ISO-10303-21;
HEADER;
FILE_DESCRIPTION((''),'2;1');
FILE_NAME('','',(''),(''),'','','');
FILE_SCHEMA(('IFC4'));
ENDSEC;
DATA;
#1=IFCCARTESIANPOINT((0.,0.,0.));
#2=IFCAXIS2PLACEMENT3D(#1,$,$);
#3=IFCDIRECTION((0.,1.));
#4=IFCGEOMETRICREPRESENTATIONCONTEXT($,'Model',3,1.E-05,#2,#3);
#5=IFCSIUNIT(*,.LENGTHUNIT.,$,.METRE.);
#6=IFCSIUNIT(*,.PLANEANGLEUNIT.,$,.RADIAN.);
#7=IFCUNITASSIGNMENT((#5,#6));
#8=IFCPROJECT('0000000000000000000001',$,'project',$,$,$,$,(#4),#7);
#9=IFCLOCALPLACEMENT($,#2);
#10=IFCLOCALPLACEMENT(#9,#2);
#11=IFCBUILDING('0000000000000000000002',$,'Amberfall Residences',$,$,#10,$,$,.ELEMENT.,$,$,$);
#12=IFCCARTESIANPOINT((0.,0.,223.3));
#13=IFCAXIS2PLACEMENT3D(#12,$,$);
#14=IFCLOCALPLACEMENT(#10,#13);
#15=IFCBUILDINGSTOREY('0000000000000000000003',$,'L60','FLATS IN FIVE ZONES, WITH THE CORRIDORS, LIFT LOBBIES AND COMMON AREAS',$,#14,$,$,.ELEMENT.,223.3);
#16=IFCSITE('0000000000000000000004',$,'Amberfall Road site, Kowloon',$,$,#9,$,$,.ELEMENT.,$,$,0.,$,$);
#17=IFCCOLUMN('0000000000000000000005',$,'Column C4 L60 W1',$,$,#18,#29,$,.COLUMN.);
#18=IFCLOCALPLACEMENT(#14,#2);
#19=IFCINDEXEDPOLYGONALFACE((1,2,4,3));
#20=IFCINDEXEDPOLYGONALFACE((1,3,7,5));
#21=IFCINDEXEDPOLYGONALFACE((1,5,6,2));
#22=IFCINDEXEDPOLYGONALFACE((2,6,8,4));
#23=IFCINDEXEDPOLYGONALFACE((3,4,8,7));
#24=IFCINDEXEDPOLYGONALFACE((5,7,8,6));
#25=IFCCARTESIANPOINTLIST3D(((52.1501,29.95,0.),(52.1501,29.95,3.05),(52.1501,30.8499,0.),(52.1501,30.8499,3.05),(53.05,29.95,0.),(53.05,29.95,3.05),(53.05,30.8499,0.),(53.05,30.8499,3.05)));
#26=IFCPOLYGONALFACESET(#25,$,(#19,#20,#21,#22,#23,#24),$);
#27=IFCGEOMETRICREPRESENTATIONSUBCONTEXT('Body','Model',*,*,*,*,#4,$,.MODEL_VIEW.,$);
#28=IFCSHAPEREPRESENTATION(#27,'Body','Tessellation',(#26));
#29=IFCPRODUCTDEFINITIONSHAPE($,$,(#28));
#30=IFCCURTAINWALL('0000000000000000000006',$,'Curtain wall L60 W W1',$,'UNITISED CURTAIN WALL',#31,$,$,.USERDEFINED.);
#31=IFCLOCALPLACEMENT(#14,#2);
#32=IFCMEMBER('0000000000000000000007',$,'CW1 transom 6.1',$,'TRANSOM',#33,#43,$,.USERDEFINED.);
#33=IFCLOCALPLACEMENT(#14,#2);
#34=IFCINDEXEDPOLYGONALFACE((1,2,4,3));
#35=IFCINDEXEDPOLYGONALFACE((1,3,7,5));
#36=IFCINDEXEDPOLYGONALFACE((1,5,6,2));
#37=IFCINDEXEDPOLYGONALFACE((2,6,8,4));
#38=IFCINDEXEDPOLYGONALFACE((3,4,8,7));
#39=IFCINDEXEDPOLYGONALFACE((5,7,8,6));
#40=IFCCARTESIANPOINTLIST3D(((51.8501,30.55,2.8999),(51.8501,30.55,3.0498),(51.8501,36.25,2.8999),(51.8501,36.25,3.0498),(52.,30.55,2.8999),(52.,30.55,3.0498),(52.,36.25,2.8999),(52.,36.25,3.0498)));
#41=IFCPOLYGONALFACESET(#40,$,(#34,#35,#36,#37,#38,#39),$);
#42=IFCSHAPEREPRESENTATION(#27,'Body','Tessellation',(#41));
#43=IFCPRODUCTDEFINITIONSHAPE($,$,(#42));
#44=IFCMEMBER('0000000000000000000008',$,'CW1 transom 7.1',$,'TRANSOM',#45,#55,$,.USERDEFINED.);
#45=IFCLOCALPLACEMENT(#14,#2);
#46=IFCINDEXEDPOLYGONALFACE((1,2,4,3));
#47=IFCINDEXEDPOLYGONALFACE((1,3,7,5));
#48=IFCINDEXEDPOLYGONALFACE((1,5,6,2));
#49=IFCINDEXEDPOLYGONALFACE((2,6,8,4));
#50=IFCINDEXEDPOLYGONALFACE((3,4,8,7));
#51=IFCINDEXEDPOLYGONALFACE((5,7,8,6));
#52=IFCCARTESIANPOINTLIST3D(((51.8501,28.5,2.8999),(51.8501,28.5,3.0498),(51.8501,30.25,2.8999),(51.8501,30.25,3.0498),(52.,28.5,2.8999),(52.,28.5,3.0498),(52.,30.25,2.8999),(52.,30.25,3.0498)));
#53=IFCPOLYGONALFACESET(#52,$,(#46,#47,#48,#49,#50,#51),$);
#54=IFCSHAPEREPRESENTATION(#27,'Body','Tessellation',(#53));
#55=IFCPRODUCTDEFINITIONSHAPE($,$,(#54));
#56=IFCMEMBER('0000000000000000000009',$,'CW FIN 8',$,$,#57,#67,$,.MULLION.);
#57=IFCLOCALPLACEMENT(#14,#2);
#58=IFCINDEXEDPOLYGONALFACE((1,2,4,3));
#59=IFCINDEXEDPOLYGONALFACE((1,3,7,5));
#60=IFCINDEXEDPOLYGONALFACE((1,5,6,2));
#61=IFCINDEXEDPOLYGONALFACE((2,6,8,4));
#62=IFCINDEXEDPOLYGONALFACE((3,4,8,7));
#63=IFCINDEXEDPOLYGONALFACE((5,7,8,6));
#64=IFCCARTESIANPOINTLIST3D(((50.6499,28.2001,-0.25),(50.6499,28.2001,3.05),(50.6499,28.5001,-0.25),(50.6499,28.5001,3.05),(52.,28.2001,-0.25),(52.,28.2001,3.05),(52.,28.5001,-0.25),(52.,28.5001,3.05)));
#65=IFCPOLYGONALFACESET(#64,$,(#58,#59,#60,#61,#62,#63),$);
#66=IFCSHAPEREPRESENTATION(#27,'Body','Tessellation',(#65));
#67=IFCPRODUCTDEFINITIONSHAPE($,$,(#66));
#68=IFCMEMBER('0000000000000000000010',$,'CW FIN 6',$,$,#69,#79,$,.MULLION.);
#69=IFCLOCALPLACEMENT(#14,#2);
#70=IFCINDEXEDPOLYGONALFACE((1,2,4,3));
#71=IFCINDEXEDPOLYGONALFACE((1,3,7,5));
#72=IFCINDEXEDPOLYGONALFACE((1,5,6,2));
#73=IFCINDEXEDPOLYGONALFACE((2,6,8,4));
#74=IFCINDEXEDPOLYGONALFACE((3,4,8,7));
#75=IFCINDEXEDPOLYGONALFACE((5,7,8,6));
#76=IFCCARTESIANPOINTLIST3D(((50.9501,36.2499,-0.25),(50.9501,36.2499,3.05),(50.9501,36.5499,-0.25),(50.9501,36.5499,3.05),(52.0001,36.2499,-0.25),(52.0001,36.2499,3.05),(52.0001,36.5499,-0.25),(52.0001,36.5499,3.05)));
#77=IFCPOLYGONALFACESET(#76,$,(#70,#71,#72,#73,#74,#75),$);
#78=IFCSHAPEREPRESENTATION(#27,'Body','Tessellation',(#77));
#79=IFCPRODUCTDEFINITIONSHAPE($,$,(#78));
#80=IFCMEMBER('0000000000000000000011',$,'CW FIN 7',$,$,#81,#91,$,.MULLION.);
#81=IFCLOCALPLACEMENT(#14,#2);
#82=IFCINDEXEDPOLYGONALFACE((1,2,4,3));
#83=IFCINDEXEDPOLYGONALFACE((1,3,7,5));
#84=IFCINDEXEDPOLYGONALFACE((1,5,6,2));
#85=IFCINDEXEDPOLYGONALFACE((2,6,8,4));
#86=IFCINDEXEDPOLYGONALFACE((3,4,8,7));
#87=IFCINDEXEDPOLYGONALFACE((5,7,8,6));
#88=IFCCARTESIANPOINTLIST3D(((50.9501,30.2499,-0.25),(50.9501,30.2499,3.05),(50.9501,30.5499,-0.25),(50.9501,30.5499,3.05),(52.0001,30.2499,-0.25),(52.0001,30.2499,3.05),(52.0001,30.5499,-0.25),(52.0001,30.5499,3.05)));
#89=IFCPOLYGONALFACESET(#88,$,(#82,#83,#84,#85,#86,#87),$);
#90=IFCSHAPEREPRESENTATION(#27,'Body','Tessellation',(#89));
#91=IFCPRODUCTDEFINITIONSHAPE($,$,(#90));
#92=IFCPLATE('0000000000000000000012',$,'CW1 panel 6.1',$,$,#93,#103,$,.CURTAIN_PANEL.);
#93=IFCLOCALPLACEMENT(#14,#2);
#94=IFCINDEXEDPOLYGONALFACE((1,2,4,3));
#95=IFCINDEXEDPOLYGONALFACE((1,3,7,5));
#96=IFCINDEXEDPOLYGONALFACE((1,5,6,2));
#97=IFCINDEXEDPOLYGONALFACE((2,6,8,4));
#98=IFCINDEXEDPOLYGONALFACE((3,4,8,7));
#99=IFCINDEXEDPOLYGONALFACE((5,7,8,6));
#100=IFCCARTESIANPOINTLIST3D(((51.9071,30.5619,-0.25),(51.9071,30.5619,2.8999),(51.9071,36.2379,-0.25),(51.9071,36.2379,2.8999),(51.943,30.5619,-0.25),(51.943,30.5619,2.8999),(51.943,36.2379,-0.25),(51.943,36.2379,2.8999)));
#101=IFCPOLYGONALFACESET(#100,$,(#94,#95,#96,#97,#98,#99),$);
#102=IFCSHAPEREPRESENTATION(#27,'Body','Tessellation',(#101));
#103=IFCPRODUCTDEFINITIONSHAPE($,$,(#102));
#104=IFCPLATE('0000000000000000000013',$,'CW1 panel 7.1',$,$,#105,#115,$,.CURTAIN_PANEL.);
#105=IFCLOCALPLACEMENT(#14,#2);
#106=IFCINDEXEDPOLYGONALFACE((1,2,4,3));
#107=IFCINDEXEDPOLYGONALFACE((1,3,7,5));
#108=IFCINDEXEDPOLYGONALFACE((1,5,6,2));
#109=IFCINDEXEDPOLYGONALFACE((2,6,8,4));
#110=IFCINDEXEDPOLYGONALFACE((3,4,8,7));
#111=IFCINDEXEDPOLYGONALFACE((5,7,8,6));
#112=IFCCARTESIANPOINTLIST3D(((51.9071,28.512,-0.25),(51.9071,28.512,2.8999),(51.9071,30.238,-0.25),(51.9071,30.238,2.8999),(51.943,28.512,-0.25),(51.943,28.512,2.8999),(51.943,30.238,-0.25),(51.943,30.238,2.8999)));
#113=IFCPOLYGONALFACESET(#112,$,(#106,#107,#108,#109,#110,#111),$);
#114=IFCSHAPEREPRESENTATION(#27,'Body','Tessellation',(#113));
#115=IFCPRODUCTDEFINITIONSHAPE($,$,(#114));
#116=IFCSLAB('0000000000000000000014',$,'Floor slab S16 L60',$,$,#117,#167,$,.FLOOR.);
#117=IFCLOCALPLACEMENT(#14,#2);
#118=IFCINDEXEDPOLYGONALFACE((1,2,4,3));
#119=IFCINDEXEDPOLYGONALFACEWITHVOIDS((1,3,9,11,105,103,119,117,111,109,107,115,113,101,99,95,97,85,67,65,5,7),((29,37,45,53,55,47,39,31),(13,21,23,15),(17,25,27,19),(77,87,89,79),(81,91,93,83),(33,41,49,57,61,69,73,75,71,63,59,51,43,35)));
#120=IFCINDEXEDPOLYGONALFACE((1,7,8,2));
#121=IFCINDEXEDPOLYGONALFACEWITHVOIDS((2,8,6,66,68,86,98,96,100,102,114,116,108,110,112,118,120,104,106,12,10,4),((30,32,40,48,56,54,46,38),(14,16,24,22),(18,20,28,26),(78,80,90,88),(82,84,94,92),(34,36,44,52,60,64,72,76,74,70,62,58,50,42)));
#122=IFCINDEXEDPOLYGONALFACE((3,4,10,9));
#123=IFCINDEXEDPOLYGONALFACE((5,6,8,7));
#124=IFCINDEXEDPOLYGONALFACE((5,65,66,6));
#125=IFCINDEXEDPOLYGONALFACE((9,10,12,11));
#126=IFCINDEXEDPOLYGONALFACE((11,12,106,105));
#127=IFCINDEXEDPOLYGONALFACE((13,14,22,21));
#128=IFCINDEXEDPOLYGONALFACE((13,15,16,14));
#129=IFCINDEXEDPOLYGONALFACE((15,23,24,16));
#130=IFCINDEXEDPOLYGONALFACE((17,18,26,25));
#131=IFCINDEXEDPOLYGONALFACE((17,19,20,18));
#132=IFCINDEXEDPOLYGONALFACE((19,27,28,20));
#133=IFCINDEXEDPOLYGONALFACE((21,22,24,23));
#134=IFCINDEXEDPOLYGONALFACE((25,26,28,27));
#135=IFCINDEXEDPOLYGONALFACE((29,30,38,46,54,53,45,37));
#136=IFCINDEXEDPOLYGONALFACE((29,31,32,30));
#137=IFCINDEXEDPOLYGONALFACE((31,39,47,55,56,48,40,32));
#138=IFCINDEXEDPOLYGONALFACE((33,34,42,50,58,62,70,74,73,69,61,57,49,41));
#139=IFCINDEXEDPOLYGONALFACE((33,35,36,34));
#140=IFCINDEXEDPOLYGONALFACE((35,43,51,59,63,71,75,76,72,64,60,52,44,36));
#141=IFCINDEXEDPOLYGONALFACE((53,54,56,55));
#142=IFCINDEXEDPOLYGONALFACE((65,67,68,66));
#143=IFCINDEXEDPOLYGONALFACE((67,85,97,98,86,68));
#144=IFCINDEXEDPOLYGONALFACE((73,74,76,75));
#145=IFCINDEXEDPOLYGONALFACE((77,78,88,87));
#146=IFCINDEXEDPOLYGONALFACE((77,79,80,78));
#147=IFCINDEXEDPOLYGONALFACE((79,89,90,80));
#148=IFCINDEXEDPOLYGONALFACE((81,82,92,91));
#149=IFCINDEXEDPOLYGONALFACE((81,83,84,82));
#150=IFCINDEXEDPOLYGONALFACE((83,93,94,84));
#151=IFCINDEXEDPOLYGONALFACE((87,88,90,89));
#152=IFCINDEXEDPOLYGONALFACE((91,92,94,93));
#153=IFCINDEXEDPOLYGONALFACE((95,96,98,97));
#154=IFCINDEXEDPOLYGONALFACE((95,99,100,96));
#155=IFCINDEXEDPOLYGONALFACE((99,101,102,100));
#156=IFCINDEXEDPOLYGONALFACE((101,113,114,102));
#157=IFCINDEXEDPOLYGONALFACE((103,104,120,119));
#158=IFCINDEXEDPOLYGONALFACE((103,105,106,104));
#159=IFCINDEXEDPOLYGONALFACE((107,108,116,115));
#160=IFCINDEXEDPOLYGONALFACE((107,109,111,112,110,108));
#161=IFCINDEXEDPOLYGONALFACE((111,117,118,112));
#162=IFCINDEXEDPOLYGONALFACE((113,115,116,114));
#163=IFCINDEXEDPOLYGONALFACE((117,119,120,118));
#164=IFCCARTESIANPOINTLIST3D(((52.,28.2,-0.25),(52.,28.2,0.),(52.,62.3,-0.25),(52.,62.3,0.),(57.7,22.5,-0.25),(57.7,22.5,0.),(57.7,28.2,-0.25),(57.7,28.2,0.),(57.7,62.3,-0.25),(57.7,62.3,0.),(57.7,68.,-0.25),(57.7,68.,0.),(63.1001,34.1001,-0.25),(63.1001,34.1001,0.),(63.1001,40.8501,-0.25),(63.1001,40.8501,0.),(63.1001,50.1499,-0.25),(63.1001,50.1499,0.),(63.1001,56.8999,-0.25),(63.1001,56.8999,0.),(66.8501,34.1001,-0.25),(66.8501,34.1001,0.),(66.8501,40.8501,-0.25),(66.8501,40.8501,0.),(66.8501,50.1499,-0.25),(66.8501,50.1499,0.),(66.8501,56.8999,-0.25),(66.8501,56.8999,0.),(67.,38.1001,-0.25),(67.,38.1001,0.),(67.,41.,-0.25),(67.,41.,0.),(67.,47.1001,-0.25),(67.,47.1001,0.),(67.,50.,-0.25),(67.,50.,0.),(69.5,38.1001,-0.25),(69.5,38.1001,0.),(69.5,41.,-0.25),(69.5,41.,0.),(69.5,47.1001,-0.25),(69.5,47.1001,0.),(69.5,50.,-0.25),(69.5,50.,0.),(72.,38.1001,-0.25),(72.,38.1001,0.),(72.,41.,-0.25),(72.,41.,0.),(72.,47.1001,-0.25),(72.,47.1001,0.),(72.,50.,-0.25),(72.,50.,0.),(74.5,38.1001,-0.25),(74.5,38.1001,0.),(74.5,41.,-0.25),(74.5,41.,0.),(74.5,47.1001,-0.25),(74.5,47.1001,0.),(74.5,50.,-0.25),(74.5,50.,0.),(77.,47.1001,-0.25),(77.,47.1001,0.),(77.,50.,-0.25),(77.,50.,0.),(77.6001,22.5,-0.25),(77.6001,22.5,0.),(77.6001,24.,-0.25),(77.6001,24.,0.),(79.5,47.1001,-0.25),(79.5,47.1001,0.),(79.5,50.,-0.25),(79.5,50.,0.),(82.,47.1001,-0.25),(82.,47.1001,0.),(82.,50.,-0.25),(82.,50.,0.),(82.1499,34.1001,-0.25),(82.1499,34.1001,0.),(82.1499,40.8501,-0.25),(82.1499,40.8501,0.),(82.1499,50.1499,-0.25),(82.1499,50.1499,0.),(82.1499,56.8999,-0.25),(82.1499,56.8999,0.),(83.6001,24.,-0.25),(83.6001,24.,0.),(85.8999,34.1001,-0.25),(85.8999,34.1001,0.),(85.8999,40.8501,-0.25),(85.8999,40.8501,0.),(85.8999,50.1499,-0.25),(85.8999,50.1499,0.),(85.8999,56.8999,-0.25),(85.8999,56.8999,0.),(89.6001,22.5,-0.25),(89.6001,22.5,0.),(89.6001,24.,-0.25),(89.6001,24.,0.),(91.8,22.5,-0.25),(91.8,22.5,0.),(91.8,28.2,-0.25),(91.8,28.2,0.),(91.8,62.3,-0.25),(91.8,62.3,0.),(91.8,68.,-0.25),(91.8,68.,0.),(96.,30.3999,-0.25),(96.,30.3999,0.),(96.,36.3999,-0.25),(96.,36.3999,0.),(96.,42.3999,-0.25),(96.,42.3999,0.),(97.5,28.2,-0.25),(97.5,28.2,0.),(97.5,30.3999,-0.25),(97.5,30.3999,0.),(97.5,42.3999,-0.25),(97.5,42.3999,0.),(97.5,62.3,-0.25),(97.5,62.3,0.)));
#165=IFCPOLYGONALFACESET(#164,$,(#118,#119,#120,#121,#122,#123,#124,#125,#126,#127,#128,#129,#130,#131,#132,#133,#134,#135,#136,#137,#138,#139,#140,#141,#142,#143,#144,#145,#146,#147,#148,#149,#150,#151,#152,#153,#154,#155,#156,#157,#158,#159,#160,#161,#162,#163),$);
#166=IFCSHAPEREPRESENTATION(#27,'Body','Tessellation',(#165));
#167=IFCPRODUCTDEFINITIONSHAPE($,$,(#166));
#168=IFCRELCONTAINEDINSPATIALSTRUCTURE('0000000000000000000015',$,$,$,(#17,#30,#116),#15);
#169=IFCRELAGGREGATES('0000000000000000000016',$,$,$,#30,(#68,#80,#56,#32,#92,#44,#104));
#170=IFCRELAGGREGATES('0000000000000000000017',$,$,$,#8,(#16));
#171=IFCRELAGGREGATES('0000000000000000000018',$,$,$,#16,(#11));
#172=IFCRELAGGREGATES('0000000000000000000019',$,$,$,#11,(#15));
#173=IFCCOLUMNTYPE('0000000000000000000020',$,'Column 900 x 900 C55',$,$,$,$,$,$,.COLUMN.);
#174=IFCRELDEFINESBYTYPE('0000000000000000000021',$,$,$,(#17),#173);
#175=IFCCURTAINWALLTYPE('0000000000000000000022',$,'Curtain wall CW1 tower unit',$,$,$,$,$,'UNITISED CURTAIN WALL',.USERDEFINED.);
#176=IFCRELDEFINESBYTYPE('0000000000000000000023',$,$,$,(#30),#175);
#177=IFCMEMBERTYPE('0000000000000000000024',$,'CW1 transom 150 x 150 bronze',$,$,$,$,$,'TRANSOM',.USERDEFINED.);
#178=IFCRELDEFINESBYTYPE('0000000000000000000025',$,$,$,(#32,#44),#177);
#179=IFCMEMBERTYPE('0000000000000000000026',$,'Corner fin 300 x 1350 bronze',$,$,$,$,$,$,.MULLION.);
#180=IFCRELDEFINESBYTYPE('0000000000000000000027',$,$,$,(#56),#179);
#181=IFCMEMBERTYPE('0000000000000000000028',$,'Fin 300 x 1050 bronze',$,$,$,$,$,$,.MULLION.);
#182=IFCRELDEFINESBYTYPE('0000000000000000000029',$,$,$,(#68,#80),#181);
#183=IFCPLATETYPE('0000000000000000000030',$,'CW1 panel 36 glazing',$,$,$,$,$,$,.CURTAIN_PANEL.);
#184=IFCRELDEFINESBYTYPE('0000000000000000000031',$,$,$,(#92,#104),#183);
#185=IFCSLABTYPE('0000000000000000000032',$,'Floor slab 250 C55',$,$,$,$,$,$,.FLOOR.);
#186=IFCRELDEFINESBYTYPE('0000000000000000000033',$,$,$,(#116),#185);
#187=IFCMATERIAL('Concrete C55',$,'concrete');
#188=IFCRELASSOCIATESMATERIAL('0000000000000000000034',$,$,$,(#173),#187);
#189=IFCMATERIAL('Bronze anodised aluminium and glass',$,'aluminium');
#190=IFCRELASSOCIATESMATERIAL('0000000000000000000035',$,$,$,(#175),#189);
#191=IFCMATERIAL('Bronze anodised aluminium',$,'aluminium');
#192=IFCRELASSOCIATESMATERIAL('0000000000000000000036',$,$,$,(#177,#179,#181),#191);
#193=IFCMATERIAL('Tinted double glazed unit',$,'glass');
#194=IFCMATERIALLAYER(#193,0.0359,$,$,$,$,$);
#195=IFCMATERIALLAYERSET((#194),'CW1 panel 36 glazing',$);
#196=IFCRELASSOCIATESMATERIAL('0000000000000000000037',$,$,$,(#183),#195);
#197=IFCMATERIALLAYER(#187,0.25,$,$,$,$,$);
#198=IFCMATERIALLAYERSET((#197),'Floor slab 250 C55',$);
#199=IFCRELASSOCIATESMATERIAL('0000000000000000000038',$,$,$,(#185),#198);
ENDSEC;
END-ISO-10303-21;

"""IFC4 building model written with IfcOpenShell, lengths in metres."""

from ifc_helpers import new_model, si_unit, direction, frame, origin, origin_2d, place, context, subcontext, project, spatial, polyline, rectangle, outline, extrude, material, layer, layer_set, material_profile, profile_set, type_object, element, aggregate, save


model = new_model("IFC4")

# Units and contexts
model_context = context("Model", 3, precision=1e-05, world=origin(), true_north=direction((0.0, 1.0)))
body_context = subcontext(model_context, "Body", "Model", "MODEL_VIEW")
ifc_project = project(units=[si_unit("LENGTHUNIT", "METRE"), si_unit("PLANEANGLEUNIT", "RADIAN")], contexts=[model_context])

# Site, building, storey
site_placement = place(None, origin())
site = spatial("IfcSite", under=ifc_project, at=site_placement, Name="Amberfall Road site, Kowloon", CompositionType="ELEMENT", RefElevation=0.0)
building_placement = place(site_placement, origin())
building = spatial("IfcBuilding", under=site, at=building_placement, Name="Amberfall Residences", CompositionType="ELEMENT")
storey_placement = place(building_placement, frame((0.0, 0.0, 223.3)))
storey = spatial("IfcBuildingStorey", under=building, at=storey_placement, Name="L60", Description="FLATS IN FIVE ZONES, WITH THE CORRIDORS, LIFT LOBBIES AND COMMON AREAS", CompositionType="ELEMENT", Elevation=223.3)

# Column
ifc_material_1 = material(Name="Concrete C55", Category="concrete")
ifc_material_profile_1 = material_profile(ifc_material_1, rectangle(XDim=0.8999, YDim=0.8999, at=origin_2d()), Name="Column 900 x 900 C55")
ifc_profile_set_1 = profile_set([ifc_material_profile_1], Name="Concrete C55")
column_type = type_object("IfcColumnType", Name="Column 900 x 900 C55", PredefinedType="COLUMN", material=ifc_profile_set_1)
column_placement = place(storey_placement, frame((52.6001, 30.3999, 0.0), z_axis=(0.0, 0.0, 1.0), x_axis=(1.0, 0.0, 0.0)))
element("IfcColumn", 1, at=column_placement, inside=storey, type_object=column_type, Name="Column C4 L60 W1", PredefinedType="COLUMN", context=body_context, shape_type="SweptSolid", body=[
    extrude(rectangle(XDim=0.8999, YDim=0.8999, at=origin_2d()), origin(), (0.0, 0.0, 1.0), 3.05),
])

# Curtain wall, members, plates
ifc_material_2 = material(Name="Bronze anodised aluminium and glass", Category="aluminium")
curtain_wall_type = type_object("IfcCurtainWallType", Name="Curtain wall CW1 tower unit", ElementType="UNITISED CURTAIN WALL", PredefinedType="USERDEFINED", material=ifc_material_2)
curtain_wall_placement = place(storey_placement, origin())
curtain_wall = element("IfcCurtainWall", 2, at=curtain_wall_placement, inside=storey, type_object=curtain_wall_type, Name="Curtain wall L60 W W1", ObjectType="UNITISED CURTAIN WALL", PredefinedType="USERDEFINED")
ifc_material_3 = material(Name="Bronze anodised aluminium", Category="aluminium")
ifc_material_profile_2 = material_profile(ifc_material_3, rectangle(XDim=0.1499, YDim=0.1499, at=origin_2d()), Name="CW1 transom 150 x 150 bronze")
ifc_profile_set_2 = profile_set([ifc_material_profile_2], Name="Bronze anodised aluminium")
member_type_1 = type_object("IfcMemberType", Name="CW1 transom 150 x 150 bronze", ElementType="TRANSOM", PredefinedType="USERDEFINED", material=ifc_profile_set_2)
member_1_placement = place(storey_placement, frame((51.925, 36.25, 2.9749), z_axis=(0.0, -1.0, 0.0), x_axis=(1.0, 0.0, 0.0)))
member_1 = element("IfcMember", 3, at=member_1_placement, type_object=member_type_1, Name="CW1 transom 6.1", ObjectType="TRANSOM", PredefinedType="USERDEFINED", context=body_context, shape_type="SweptSolid", body=[
    extrude(rectangle(XDim=0.1499, YDim=0.1499, at=origin_2d()), origin(), (0.0, 0.0, 1.0), 5.7),
])
member_2_placement = place(storey_placement, frame((51.925, 30.25, 2.9749), z_axis=(0.0, -1.0, 0.0), x_axis=(1.0, 0.0, 0.0)))
member_2 = element("IfcMember", 4, at=member_2_placement, type_object=member_type_1, Name="CW1 transom 7.1", ObjectType="TRANSOM", PredefinedType="USERDEFINED", context=body_context, shape_type="SweptSolid", body=[
    extrude(rectangle(XDim=0.1499, YDim=0.1499, at=origin_2d()), origin(), (0.0, 0.0, 1.0), 1.75),
])
ifc_material_profile_3 = material_profile(ifc_material_3, rectangle(XDim=1.3501, YDim=0.3, at=origin_2d()), Name="Corner fin 300 x 1350 bronze")
ifc_profile_set_3 = profile_set([ifc_material_profile_3], Name="Bronze anodised aluminium")
member_type_2 = type_object("IfcMemberType", Name="Corner fin 300 x 1350 bronze", PredefinedType="MULLION", material=ifc_profile_set_3)
member_3_placement = place(storey_placement, frame((51.325, 28.3501, -0.25), z_axis=(0.0, 0.0, 1.0), x_axis=(1.0, 0.0, 0.0)))
member_3 = element("IfcMember", 5, at=member_3_placement, type_object=member_type_2, Name="CW FIN 8", PredefinedType="MULLION", context=body_context, shape_type="SweptSolid", body=[
    extrude(rectangle(XDim=1.3501, YDim=0.3, at=origin_2d()), origin(), (0.0, 0.0, 1.0), 3.3),
])
ifc_material_profile_4 = material_profile(ifc_material_3, rectangle(XDim=1.05, YDim=0.3, at=origin_2d()), Name="Fin 300 x 1050 bronze")
ifc_profile_set_4 = profile_set([ifc_material_profile_4], Name="Bronze anodised aluminium")
member_type_3 = type_object("IfcMemberType", Name="Fin 300 x 1050 bronze", PredefinedType="MULLION", material=ifc_profile_set_4)
member_4_placement = place(storey_placement, frame((51.4751, 36.3999, -0.25), z_axis=(0.0, 0.0, 1.0), x_axis=(1.0, 0.0, 0.0)))
member_4 = element("IfcMember", 6, at=member_4_placement, type_object=member_type_3, Name="CW FIN 6", PredefinedType="MULLION", context=body_context, shape_type="SweptSolid", body=[
    extrude(rectangle(XDim=1.05, YDim=0.3, at=origin_2d()), origin(), (0.0, 0.0, 1.0), 3.3),
])
member_5_placement = place(storey_placement, frame((51.4751, 30.3999, -0.25), z_axis=(0.0, 0.0, 1.0), x_axis=(1.0, 0.0, 0.0)))
member_5 = element("IfcMember", 7, at=member_5_placement, type_object=member_type_3, Name="CW FIN 7", PredefinedType="MULLION", context=body_context, shape_type="SweptSolid", body=[
    extrude(rectangle(XDim=1.05, YDim=0.3, at=origin_2d()), origin(), (0.0, 0.0, 1.0), 3.3),
])
ifc_material_4 = material(Name="Tinted double glazed unit", Category="glass")
ifc_layer_1 = layer(ifc_material_4, 0.0359)
ifc_layer_set_1 = layer_set([ifc_layer_1], Name="CW1 panel 36 glazing")
plate_type = type_object("IfcPlateType", Name="CW1 panel 36 glazing", PredefinedType="CURTAIN_PANEL", material=ifc_layer_set_1)
plate_1_placement = place(storey_placement, frame((51.925, 33.3999, -0.25), z_axis=(0.0, 0.0, 1.0), x_axis=(0.0, -1.0, 0.0)))
plate_1 = element("IfcPlate", 8, at=plate_1_placement, type_object=plate_type, Name="CW1 panel 6.1", PredefinedType="CURTAIN_PANEL", context=body_context, shape_type="SweptSolid", body=[
    extrude(rectangle(XDim=5.676, YDim=0.0359, at=origin_2d()), origin(), (0.0, 0.0, 1.0), 3.1499),
])
plate_2_placement = place(storey_placement, frame((51.925, 29.375, -0.25), z_axis=(0.0, 0.0, 1.0), x_axis=(0.0, -1.0, 0.0)))
plate_2 = element("IfcPlate", 9, at=plate_2_placement, type_object=plate_type, Name="CW1 panel 7.1", PredefinedType="CURTAIN_PANEL", context=body_context, shape_type="SweptSolid", body=[
    extrude(rectangle(XDim=1.7261, YDim=0.0359, at=origin_2d()), origin(), (0.0, 0.0, 1.0), 3.1499),
])
aggregate(curtain_wall, [member_4, member_5, member_3, member_1, plate_1, member_2, plate_2])

# Slab
ifc_layer_2 = layer(ifc_material_1, 0.25)
ifc_layer_set_2 = layer_set([ifc_layer_2], Name="Floor slab 250 C55")
slab_type_1 = type_object("IfcSlabType", Name="Floor slab 250 C55", PredefinedType="FLOOR", material=ifc_layer_set_2)
slab_1_placement = place(storey_placement, frame((0.0, 0.0, -0.25)))
element("IfcSlab", 10, at=slab_1_placement, inside=storey, type_object=slab_type_1, Name="Floor slab S16 L60", PredefinedType="FLOOR", context=body_context, shape_type="SweptSolid", body=[
    extrude(outline(polyline([(89.6001, 22.5), (89.6001, 24.0), (83.6001, 24.0), (77.6001, 24.0), (77.6001, 22.5), (57.7, 22.5), (57.7, 28.2), (52.0, 28.2), (52.0, 62.3), (57.7, 62.3), (57.7, 68.0), (91.8, 68.0), (91.8, 62.3), (97.5, 62.3), (97.5, 42.3999), (96.0, 42.3999), (96.0, 36.3999), (96.0, 30.3999), (97.5, 30.3999), (97.5, 28.2), (91.8, 28.2), (91.8, 22.5), (89.6001, 22.5)]), holes=[polyline([(85.8999, 34.1001), (85.8999, 40.8501), (82.1499, 40.8501), (82.1499, 34.1001), (85.8999, 34.1001)]), polyline([(85.8999, 50.1499), (85.8999, 56.8999), (82.1499, 56.8999), (82.1499, 50.1499), (85.8999, 50.1499)]), polyline([(67.0, 50.0), (67.0, 47.1001), (69.5, 47.1001), (72.0, 47.1001), (74.5, 47.1001), (77.0, 47.1001), (79.5, 47.1001), (82.0, 47.1001), (82.0, 50.0), (79.5, 50.0), (77.0, 50.0), (74.5, 50.0), (72.0, 50.0), (69.5, 50.0), (67.0, 50.0)]), polyline([(69.5, 41.0), (67.0, 41.0), (67.0, 38.1001), (69.5, 38.1001), (72.0, 38.1001), (74.5, 38.1001), (74.5, 41.0), (72.0, 41.0), (69.5, 41.0)]), polyline([(66.8501, 40.8501), (63.1001, 40.8501), (63.1001, 34.1001), (66.8501, 34.1001), (66.8501, 40.8501)]), polyline([(66.8501, 56.8999), (63.1001, 56.8999), (63.1001, 50.1499), (66.8501, 50.1499), (66.8501, 56.8999)])]), origin(), (0.0, 0.0, 1.0), 0.25),
])

save(model, "model.ifc")
